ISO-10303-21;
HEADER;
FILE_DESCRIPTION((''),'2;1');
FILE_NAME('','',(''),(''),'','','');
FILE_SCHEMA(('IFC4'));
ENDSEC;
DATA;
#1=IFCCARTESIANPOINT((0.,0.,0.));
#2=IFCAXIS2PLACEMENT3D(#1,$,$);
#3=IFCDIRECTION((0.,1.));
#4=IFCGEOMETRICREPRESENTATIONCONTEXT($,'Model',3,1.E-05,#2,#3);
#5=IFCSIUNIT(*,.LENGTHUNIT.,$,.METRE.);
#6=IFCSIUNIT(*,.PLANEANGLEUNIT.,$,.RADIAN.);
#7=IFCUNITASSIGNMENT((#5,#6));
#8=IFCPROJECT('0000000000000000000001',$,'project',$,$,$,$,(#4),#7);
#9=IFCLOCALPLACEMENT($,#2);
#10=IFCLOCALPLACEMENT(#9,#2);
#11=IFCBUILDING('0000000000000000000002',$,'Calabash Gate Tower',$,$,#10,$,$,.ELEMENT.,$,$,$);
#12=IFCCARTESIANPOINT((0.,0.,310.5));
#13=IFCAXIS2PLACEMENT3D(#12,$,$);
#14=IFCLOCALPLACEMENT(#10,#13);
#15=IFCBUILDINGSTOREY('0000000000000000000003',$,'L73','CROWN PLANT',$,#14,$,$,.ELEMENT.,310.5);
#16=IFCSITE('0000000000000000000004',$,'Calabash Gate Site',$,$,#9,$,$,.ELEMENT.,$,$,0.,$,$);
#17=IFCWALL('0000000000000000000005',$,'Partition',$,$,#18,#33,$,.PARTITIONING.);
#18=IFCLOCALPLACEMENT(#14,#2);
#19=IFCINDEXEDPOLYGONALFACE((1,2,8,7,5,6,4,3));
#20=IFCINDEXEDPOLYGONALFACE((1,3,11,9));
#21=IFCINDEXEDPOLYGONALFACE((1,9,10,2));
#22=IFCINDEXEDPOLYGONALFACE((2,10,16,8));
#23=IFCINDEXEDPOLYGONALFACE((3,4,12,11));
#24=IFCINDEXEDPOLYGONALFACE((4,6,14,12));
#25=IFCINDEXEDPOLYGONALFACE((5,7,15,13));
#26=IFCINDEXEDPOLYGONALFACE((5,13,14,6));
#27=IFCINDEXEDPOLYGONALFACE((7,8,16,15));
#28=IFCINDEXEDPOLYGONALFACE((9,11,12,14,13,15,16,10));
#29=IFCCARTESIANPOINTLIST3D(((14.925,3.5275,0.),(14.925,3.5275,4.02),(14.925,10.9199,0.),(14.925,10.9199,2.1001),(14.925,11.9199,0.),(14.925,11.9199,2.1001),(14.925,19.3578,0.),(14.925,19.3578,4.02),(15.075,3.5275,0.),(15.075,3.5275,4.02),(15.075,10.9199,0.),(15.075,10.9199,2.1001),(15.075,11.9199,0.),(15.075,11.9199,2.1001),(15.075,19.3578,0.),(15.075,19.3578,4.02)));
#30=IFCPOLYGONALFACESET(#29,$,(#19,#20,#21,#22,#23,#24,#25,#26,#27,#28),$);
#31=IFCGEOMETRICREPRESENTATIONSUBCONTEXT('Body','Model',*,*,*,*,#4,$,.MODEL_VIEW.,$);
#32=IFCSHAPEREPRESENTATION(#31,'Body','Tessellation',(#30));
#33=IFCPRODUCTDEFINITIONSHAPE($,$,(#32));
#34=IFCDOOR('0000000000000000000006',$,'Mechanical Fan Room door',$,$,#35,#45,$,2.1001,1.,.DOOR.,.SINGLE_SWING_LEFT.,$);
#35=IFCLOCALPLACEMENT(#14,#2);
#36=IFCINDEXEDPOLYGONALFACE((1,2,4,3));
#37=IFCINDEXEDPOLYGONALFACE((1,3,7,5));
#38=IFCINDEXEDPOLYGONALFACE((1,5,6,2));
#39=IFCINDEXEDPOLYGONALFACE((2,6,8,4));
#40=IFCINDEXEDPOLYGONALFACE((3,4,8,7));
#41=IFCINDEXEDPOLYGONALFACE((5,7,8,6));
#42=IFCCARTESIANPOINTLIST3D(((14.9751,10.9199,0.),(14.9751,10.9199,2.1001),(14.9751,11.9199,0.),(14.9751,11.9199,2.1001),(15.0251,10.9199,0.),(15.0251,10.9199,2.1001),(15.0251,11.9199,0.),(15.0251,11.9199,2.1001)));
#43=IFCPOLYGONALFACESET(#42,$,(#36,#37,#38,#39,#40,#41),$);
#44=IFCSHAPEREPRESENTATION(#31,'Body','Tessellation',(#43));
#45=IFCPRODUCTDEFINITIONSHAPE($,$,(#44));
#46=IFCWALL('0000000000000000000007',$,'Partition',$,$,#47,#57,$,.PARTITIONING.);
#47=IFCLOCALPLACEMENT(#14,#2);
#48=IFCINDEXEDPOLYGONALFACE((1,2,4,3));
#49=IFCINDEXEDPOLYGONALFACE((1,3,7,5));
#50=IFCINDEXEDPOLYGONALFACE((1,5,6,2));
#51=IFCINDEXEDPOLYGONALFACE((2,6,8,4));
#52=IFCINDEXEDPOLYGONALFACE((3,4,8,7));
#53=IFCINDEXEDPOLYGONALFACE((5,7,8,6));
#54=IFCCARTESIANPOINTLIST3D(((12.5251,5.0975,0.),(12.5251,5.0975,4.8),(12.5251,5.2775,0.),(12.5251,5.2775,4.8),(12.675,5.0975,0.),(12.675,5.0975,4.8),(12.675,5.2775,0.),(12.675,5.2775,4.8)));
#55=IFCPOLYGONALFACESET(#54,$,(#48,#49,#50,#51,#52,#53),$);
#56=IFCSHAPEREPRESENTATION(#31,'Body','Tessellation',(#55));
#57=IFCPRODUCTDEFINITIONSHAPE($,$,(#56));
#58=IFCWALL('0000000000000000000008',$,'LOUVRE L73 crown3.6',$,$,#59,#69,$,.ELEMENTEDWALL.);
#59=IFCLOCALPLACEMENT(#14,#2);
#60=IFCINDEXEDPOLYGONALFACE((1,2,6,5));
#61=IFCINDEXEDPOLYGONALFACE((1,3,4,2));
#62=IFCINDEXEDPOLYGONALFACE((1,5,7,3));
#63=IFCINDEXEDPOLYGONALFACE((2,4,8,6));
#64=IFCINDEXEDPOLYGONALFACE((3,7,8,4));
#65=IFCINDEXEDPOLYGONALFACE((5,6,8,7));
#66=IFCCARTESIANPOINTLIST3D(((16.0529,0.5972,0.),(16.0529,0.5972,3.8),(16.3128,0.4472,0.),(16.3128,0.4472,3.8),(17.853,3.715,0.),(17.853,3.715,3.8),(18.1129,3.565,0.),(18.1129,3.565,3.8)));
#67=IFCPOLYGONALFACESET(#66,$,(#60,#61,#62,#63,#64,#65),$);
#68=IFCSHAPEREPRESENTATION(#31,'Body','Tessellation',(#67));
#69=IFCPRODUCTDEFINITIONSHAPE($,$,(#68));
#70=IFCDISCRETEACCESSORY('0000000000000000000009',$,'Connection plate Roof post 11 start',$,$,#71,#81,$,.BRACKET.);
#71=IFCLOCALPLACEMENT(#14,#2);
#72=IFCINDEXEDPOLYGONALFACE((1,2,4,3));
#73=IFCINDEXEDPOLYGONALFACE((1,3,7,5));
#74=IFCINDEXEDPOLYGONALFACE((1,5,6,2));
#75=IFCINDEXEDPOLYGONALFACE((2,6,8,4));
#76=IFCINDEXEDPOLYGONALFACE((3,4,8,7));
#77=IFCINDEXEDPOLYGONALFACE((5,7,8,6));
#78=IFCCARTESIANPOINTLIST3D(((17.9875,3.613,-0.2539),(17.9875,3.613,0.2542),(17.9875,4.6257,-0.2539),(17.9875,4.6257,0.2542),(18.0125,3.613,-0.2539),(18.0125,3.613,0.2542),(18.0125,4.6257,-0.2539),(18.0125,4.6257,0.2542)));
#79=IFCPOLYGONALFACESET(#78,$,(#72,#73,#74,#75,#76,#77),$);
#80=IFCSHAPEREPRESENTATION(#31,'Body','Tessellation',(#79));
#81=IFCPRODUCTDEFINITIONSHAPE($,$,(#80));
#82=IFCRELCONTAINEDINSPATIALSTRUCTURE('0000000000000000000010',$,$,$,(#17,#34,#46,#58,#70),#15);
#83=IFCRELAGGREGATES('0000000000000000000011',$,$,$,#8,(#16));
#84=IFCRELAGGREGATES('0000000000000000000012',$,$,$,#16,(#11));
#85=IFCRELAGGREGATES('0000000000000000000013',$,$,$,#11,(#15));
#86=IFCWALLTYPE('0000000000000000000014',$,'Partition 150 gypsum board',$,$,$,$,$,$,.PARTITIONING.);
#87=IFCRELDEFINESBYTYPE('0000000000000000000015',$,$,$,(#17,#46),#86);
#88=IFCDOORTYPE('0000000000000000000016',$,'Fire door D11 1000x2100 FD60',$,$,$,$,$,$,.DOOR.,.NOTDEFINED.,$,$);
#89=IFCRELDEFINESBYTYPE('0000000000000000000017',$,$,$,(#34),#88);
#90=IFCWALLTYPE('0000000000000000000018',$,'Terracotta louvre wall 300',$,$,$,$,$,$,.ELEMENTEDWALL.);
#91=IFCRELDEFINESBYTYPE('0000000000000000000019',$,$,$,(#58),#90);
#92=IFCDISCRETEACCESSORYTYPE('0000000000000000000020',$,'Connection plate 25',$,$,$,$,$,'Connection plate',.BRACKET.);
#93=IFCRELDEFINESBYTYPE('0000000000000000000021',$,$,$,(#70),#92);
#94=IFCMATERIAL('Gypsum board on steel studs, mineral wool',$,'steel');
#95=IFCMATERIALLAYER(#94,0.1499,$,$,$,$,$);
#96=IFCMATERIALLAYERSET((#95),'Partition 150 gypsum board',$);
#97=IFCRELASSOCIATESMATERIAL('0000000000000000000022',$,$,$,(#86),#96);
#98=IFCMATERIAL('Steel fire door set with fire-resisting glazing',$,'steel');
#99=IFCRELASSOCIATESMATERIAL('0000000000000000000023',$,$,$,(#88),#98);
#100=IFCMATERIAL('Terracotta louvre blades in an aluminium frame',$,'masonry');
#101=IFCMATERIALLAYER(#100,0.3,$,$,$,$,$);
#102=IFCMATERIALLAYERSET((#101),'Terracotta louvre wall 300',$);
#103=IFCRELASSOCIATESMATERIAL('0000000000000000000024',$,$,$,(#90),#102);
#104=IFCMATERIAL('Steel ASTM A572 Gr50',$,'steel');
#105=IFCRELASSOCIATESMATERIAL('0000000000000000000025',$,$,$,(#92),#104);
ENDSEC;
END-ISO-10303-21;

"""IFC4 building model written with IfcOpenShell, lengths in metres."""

from ifc_helpers import new_model, si_unit, direction, frame, frame_2d, origin, origin_2d, place, context, subcontext, project, spatial, rectangle, extrude, material, layer, layer_set, type_object, element, fill, save


model = new_model("IFC4")

# Units and contexts
model_context = context("Model", 3, precision=1e-05, world=origin(), true_north=direction((0.0, 1.0)))
body_context = subcontext(model_context, "Body", "Model", "MODEL_VIEW")
ifc_project = project(units=[si_unit("LENGTHUNIT", "METRE"), si_unit("PLANEANGLEUNIT", "RADIAN")], contexts=[model_context])

# Site, building, storey
site_placement = place(None, origin())
site = spatial("IfcSite", under=ifc_project, at=site_placement, Name="Calabash Gate Site", CompositionType="ELEMENT", RefElevation=0.0)
building_placement = place(site_placement, origin())
building = spatial("IfcBuilding", under=site, at=building_placement, Name="Calabash Gate Tower", CompositionType="ELEMENT")
storey_placement = place(building_placement, frame((0.0, 0.0, 310.5)))
storey = spatial("IfcBuildingStorey", under=building, at=storey_placement, Name="L73", Description="CROWN PLANT", CompositionType="ELEMENT", Elevation=310.5)

# Shared definitions
ifc_material_1 = material(Name="Gypsum board on steel studs, mineral wool", Category="steel")
ifc_layer_1 = layer(ifc_material_1, 0.1499)
ifc_layer_set_1 = layer_set([ifc_layer_1], Name="Partition 150 gypsum board")
wall_type_1 = type_object("IfcWallType", Name="Partition 150 gypsum board", PredefinedType="PARTITIONING", material=ifc_layer_set_1)

# Wall, opening, door
wall_1_placement = place(storey_placement, frame((15.0, 3.5276, 0.0), z_axis=(0.0, 0.0, 1.0), x_axis=(0.0, 1.0, 0.0)))
wall_1 = element("IfcWall", 1, at=wall_1_placement, inside=storey, type_object=wall_type_1, Name="Partition", PredefinedType="PARTITIONING", context=body_context, shape_type="SweptSolid", body=[
    extrude(rectangle(XDim=15.8303, YDim=0.1499, at=frame_2d((7.915, 0.0))), origin(), (0.0, 0.0, 1.0), 4.02),
])
opening_1_placement = place(wall_1_placement, frame((7.3923, 0.0, 0.0)))
opening_1 = element("IfcOpeningElement", 2, at=opening_1_placement, cuts=wall_1, PredefinedType="OPENING", context=body_context, shape_type="SweptSolid", body=[
    extrude(rectangle(XDim=1.0, YDim=2.1001, at=frame_2d((0.5, 1.05))), frame((0.0, 0.085, 0.0), z_axis=(0.0, -1.0, 0.0), x_axis=(1.0, 0.0, 0.0)), (0.0, 0.0, 1.0), 0.1699),
])
ifc_material_2 = material(Name="Steel fire door set with fire-resisting glazing", Category="steel")
door_type_1 = type_object("IfcDoorType", Name="Fire door D11 1000x2100 FD60", OperationType="NOTDEFINED", PredefinedType="DOOR", material=ifc_material_2)
door_1_placement = place(opening_1_placement, origin())
door_1 = element("IfcDoor", 3, at=door_1_placement, inside=storey, type_object=door_type_1, Name="Mechanical Fan Room door", OperationType="SINGLE_SWING_LEFT", OverallHeight=2.1001, OverallWidth=1.0, PredefinedType="DOOR", context=body_context, shape_type="SweptSolid", body=[
    extrude(rectangle(XDim=1.0, YDim=2.1001, at=frame_2d((0.5, 1.05))), frame((0.0, 0.0249, 0.0), z_axis=(0.0, -1.0, 0.0), x_axis=(1.0, 0.0, 0.0)), (0.0, 0.0, 1.0), 0.05),
])
fill(opening_1, door_1)

# Walls
wall_2_placement = place(storey_placement, frame((12.6001, 5.0977, 0.0), z_axis=(0.0, 0.0, 1.0), x_axis=(0.0, 1.0, 0.0)))
element("IfcWall", 4, at=wall_2_placement, inside=storey, type_object=wall_type_1, Name="Partition", PredefinedType="PARTITIONING", context=body_context, shape_type="SweptSolid", body=[
    extrude(rectangle(XDim=0.1799, YDim=0.1499, at=frame_2d((0.0898, 0.0))), origin(), (0.0, 0.0, 1.0), 4.8),
])
ifc_material_3 = material(Name="Terracotta louvre blades in an aluminium frame", Category="masonry")
ifc_layer_2 = layer(ifc_material_3, 0.3)
ifc_layer_set_2 = layer_set([ifc_layer_2], Name="Terracotta louvre wall 300")
wall_type_2 = type_object("IfcWallType", Name="Terracotta louvre wall 300", PredefinedType="ELEMENTEDWALL", material=ifc_layer_set_2)
wall_3_placement = place(storey_placement, frame((16.1829, 0.5222, 0.0), z_axis=(0.0, 0.0, 1.0), x_axis=(0.500012, 0.866018, 0.0)))
element("IfcWall", 5, at=wall_3_placement, inside=storey, type_object=wall_type_2, Name="LOUVRE L73 crown3.6", PredefinedType="ELEMENTEDWALL", context=body_context, shape_type="SweptSolid", body=[
    extrude(rectangle(XDim=3.6001, YDim=0.3, at=frame_2d((1.8, 0.0))), origin(), (0.0, 0.0, 1.0), 3.8),
])

# Discrete accessory
ifc_material_4 = material(Name="Steel ASTM A572 Gr50", Category="steel")
discrete_accessory_type = type_object("IfcDiscreteAccessoryType", Name="Connection plate 25", ElementType="Connection plate", PredefinedType="BRACKET", material=ifc_material_4)
discrete_accessory_placement = place(storey_placement, frame((18.0, 4.1194, -0.2539), z_axis=(0.0, 0.0, 1.0), x_axis=(0.0, 1.0, 0.0)))
element("IfcDiscreteAccessory", 6, at=discrete_accessory_placement, inside=storey, type_object=discrete_accessory_type, Name="Connection plate Roof post 11 start", PredefinedType="BRACKET", context=body_context, shape_type="SweptSolid", body=[
    extrude(rectangle(XDim=1.0127, YDim=0.0249, at=origin_2d()), origin(), (0.0, 0.0, 1.0), 0.5081),
])

save(model, "model.ifc")
